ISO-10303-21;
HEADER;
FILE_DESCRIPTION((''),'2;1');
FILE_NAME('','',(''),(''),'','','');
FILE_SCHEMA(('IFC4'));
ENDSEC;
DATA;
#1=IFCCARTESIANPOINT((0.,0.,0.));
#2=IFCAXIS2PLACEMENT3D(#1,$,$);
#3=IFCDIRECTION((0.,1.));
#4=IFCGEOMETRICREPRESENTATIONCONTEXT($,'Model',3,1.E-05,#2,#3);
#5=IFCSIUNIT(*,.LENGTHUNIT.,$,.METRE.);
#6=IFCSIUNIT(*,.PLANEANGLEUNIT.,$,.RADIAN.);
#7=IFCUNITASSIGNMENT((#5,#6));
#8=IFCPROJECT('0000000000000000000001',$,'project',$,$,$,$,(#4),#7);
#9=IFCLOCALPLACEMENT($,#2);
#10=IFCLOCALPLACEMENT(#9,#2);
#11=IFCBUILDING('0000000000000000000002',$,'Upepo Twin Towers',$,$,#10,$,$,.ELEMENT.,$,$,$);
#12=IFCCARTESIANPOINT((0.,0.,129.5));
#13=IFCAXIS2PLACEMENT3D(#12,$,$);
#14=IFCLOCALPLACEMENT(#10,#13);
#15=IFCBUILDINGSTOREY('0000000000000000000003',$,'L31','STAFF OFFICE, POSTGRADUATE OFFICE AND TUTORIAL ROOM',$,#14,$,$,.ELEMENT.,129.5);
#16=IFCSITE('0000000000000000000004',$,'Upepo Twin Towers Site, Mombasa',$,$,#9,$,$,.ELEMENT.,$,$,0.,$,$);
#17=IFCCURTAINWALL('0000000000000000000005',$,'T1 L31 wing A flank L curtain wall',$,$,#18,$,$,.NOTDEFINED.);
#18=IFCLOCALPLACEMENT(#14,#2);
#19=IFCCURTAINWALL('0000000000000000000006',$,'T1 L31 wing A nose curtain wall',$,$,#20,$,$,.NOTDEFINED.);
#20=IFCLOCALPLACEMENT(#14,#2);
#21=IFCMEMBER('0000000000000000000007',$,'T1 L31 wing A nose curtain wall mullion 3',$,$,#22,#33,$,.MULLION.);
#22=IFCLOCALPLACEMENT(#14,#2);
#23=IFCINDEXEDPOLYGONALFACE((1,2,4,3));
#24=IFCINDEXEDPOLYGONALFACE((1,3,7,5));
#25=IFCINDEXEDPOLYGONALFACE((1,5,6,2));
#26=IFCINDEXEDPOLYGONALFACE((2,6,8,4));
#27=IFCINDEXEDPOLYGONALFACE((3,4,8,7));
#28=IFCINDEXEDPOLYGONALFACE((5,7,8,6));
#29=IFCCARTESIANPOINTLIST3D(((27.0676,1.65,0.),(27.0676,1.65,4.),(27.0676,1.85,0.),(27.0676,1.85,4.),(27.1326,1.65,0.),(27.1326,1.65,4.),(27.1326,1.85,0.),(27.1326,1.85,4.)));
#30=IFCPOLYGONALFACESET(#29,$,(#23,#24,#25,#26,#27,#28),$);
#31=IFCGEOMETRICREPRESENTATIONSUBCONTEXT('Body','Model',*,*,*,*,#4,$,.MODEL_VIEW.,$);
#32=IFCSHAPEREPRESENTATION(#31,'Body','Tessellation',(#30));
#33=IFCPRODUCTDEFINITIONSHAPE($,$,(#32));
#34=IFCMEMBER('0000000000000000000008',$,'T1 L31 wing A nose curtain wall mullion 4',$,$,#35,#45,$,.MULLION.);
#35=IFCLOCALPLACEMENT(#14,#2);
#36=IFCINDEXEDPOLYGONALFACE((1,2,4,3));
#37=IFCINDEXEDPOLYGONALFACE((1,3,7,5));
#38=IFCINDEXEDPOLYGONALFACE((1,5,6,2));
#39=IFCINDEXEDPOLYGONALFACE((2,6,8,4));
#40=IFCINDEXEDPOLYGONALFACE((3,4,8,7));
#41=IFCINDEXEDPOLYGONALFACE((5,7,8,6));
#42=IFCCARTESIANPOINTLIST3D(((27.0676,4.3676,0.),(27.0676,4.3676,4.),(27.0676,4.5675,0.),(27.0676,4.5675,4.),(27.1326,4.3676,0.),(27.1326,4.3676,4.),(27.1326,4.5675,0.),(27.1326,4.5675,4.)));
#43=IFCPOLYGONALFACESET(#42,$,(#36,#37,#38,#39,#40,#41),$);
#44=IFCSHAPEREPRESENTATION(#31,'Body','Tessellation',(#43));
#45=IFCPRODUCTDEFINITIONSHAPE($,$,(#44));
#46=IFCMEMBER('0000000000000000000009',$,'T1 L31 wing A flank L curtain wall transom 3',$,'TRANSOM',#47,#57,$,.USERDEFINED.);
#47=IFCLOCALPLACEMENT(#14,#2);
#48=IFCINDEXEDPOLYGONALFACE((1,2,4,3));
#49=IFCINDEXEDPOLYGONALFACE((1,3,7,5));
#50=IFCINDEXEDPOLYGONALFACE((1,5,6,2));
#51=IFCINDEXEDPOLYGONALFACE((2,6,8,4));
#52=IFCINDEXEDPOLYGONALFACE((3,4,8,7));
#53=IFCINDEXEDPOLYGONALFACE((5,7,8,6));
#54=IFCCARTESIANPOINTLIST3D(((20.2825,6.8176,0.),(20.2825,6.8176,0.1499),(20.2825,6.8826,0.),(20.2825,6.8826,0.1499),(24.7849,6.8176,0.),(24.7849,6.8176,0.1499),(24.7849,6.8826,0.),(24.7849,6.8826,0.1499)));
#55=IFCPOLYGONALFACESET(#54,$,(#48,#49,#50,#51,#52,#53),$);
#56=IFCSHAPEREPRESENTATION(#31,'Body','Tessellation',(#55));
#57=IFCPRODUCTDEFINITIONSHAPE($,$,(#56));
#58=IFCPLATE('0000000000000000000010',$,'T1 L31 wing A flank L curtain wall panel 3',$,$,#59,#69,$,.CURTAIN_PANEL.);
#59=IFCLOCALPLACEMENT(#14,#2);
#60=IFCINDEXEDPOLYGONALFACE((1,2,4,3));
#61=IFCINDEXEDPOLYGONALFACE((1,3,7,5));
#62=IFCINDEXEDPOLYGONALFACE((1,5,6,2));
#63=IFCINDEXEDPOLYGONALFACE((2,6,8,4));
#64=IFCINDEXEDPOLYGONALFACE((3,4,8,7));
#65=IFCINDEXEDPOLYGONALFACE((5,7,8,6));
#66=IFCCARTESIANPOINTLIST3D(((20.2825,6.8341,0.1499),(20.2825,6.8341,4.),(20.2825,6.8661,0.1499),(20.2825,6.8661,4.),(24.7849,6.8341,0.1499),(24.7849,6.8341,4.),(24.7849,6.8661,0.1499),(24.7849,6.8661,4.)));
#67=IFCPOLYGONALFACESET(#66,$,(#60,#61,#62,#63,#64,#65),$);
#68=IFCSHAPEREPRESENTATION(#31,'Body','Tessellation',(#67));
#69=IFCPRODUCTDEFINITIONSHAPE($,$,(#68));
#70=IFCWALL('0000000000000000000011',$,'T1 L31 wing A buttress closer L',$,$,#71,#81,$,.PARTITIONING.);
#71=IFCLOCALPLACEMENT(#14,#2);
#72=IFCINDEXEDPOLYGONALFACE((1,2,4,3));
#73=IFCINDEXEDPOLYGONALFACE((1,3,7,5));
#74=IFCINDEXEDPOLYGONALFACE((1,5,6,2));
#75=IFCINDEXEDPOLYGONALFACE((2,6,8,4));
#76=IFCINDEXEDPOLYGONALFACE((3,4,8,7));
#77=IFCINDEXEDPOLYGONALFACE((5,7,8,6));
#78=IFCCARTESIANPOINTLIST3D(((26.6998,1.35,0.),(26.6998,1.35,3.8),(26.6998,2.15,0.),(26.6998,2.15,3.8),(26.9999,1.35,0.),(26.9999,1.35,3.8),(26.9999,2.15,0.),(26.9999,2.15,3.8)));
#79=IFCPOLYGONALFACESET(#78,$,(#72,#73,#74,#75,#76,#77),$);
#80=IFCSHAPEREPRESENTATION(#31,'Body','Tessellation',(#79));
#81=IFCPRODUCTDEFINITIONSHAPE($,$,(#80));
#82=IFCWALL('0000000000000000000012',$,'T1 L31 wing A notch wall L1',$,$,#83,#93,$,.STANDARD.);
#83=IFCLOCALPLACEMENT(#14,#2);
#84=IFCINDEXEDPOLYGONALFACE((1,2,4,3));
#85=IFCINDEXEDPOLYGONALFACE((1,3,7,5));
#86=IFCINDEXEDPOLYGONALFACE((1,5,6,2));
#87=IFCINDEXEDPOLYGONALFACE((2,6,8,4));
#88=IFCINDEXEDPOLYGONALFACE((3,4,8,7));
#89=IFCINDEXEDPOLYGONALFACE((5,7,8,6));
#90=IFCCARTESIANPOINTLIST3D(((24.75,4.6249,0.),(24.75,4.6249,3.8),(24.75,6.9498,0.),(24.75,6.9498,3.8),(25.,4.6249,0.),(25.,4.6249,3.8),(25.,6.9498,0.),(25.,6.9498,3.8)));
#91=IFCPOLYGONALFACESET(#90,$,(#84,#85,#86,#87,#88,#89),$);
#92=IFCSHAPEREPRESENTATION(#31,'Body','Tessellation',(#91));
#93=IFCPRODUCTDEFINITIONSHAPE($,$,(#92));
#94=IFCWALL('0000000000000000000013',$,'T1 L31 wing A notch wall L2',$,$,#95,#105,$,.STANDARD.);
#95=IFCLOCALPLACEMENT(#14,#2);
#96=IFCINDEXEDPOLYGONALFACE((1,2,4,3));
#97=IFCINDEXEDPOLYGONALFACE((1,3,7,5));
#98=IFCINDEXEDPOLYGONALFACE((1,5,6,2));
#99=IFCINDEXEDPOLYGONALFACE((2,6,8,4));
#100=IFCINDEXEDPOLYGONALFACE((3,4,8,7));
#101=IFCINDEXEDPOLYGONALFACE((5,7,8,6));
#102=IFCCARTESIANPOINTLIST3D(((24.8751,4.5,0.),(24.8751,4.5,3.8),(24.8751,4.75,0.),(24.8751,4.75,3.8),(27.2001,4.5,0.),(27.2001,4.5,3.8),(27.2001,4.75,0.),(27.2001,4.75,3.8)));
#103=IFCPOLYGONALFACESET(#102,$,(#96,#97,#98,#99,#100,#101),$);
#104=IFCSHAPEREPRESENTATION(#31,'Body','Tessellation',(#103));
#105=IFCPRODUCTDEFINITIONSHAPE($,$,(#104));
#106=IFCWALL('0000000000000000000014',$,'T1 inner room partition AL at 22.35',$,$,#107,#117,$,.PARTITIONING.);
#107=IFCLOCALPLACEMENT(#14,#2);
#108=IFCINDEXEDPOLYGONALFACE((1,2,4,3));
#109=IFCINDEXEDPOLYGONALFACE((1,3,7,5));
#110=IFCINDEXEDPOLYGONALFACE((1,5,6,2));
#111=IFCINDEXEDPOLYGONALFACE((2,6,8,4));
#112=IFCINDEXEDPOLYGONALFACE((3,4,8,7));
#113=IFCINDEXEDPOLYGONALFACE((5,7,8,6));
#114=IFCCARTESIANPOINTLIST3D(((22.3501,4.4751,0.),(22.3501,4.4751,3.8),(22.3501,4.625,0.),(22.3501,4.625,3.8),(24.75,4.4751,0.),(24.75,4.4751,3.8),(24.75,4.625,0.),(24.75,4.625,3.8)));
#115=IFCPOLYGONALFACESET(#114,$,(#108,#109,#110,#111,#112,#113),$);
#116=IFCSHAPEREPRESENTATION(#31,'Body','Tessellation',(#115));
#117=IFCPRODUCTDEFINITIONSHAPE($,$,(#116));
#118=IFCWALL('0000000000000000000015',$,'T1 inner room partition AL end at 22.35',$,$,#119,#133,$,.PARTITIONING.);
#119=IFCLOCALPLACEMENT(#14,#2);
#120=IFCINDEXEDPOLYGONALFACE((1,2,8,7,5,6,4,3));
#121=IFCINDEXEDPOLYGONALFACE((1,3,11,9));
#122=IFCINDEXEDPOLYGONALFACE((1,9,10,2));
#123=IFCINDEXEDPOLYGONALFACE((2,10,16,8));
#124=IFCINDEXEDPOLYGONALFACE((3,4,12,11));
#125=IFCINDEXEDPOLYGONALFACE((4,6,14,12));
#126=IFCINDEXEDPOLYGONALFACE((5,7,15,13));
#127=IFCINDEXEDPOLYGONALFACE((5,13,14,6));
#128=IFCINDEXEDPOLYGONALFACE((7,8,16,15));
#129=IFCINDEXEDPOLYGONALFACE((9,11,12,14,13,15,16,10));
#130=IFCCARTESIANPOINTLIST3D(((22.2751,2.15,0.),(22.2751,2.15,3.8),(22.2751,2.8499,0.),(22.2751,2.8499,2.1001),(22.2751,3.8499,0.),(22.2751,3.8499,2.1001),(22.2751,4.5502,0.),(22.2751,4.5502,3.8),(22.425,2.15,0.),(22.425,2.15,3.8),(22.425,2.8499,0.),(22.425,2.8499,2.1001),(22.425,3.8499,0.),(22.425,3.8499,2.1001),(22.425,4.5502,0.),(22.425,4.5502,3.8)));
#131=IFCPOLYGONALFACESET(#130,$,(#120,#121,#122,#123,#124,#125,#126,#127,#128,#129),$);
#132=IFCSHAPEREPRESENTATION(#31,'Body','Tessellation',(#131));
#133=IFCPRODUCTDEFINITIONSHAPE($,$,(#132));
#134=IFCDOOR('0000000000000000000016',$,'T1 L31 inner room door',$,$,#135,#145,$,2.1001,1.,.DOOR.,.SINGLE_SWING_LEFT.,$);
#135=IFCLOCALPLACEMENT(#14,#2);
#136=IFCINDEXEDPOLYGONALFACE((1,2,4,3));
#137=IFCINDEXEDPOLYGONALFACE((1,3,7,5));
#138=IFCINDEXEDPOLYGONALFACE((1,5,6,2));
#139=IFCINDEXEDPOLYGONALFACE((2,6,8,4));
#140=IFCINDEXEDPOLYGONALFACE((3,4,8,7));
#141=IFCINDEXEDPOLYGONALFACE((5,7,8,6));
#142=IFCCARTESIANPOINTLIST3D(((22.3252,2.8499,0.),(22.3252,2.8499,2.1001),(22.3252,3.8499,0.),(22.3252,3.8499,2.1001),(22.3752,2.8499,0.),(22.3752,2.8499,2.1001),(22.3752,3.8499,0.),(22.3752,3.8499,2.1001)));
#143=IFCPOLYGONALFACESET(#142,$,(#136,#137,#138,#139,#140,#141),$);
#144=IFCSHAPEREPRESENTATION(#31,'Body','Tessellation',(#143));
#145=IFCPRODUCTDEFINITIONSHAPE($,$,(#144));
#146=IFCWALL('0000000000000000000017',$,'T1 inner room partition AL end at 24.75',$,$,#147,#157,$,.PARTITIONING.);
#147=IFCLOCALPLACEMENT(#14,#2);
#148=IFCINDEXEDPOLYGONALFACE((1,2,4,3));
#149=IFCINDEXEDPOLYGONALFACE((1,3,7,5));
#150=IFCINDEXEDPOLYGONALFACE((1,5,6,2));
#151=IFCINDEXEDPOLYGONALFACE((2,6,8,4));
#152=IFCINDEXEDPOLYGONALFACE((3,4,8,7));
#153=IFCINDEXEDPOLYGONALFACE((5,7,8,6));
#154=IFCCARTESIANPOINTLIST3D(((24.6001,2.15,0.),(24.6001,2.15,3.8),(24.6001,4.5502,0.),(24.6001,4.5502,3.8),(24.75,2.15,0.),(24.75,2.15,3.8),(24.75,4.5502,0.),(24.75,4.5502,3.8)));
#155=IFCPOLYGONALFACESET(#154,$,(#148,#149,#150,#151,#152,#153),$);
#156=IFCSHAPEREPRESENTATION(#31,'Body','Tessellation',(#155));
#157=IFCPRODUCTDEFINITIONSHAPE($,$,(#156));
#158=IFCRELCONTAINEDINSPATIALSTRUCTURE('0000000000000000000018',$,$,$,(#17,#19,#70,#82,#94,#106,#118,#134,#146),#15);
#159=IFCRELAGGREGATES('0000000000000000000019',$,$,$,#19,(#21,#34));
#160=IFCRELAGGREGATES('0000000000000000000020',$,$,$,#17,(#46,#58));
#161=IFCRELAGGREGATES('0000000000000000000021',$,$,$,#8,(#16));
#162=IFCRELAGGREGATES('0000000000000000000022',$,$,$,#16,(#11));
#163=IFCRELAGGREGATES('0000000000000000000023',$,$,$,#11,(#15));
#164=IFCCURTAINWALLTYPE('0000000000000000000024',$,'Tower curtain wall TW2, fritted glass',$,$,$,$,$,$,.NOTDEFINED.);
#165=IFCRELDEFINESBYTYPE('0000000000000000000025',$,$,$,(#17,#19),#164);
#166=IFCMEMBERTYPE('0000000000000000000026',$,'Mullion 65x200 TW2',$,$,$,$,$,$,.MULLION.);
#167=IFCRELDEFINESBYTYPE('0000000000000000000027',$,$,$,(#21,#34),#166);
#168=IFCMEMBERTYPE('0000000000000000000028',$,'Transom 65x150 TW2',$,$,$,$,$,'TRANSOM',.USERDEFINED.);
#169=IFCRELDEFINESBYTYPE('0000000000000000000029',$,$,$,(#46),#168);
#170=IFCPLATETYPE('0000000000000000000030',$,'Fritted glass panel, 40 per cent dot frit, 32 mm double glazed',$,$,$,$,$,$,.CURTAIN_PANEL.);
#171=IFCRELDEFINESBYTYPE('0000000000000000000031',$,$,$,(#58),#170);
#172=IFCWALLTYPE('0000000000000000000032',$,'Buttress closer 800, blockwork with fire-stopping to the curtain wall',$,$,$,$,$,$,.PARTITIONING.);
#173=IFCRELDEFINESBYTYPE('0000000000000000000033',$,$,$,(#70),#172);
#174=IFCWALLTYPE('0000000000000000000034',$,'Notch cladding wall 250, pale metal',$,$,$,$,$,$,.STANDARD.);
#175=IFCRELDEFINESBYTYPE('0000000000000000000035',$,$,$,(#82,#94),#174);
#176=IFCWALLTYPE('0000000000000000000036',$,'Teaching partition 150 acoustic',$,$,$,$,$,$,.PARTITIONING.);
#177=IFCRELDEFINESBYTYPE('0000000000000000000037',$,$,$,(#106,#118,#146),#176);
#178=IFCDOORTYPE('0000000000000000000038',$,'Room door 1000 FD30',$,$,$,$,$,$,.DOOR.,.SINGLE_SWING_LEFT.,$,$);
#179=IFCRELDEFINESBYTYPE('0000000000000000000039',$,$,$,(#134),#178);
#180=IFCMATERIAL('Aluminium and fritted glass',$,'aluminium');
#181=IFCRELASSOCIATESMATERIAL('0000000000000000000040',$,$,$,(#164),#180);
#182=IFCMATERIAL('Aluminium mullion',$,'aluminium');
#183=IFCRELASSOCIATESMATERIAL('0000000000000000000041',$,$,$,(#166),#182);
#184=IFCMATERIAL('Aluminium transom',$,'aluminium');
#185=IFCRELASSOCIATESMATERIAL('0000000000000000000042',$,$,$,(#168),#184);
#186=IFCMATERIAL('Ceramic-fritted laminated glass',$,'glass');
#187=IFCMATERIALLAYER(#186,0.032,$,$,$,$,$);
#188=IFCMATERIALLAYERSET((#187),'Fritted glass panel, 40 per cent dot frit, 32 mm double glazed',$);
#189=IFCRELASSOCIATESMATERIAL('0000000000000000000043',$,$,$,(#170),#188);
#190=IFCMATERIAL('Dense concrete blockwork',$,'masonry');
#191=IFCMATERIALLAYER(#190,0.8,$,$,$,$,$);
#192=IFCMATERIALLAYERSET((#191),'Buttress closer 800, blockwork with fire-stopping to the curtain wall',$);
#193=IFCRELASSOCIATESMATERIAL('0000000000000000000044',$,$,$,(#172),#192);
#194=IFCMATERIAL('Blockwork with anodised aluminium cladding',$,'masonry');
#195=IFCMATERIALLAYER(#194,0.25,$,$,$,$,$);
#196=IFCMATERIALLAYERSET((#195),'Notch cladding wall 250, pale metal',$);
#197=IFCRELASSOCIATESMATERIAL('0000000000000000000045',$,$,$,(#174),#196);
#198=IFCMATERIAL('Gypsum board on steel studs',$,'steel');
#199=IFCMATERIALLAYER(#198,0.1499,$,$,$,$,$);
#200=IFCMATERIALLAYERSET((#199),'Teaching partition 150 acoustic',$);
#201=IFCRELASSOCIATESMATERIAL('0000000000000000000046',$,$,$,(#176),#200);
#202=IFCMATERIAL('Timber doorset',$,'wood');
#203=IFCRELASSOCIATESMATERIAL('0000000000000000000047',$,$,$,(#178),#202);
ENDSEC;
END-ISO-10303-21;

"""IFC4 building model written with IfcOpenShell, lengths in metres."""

from ifc_helpers import new_model, si_unit, direction, frame, frame_2d, origin, origin_2d, place, context, subcontext, project, spatial, rectangle, extrude, material, layer, layer_set, material_profile, profile_set, type_object, element, fill, aggregate, save


model = new_model("IFC4")

# Units and contexts
model_context = context("Model", 3, precision=1e-05, world=origin(), true_north=direction((0.0, 1.0)))
body_context = subcontext(model_context, "Body", "Model", "MODEL_VIEW")
ifc_project = project(units=[si_unit("LENGTHUNIT", "METRE"), si_unit("PLANEANGLEUNIT", "RADIAN")], contexts=[model_context])

# Site, building, storey
site_placement = place(None, origin())
site = spatial("IfcSite", under=ifc_project, at=site_placement, Name="Upepo Twin Towers Site, Mombasa", CompositionType="ELEMENT", RefElevation=0.0)
building_placement = place(site_placement, origin())
building = spatial("IfcBuilding", under=site, at=building_placement, Name="Upepo Twin Towers", CompositionType="ELEMENT")
storey_placement = place(building_placement, frame((0.0, 0.0, 129.5)))
storey = spatial("IfcBuildingStorey", under=building, at=storey_placement, Name="L31", Description="STAFF OFFICE, POSTGRADUATE OFFICE AND TUTORIAL ROOM", CompositionType="ELEMENT", Elevation=129.5)

# Curtain wall
ifc_material_1 = material(Name="Aluminium and fritted glass", Category="aluminium")
curtain_wall_type = type_object("IfcCurtainWallType", Name="Tower curtain wall TW2, fritted glass", PredefinedType="NOTDEFINED", material=ifc_material_1)
curtain_wall_1_placement = place(storey_placement, origin())
curtain_wall_1 = element("IfcCurtainWall", 1, at=curtain_wall_1_placement, inside=storey, type_object=curtain_wall_type, Name="T1 L31 wing A flank L curtain wall", PredefinedType="NOTDEFINED")
ifc_material_2 = material(Name="Aluminium mullion", Category="aluminium")
ifc_material_profile_1 = material_profile(ifc_material_2, rectangle(XDim=0.0649, YDim=0.2, at=origin_2d()), Name="MULLION 65x200")
ifc_profile_set_1 = profile_set([ifc_material_profile_1], Name="Aluminium mullion")
member_type_1 = type_object("IfcMemberType", Name="Mullion 65x200 TW2", PredefinedType="MULLION", material=ifc_profile_set_1)

# Curtain wall, members
curtain_wall_2_placement = place(storey_placement, origin())
curtain_wall_2 = element("IfcCurtainWall", 2, at=curtain_wall_2_placement, inside=storey, type_object=curtain_wall_type, Name="T1 L31 wing A nose curtain wall", PredefinedType="NOTDEFINED")
member_1_placement = place(storey_placement, frame((27.1001, 1.75, 0.0), z_axis=(0.0, 0.0, 1.0), x_axis=(-1.0, 0.0, 0.0)))
member_1 = element("IfcMember", 3, at=member_1_placement, type_object=member_type_1, Name="T1 L31 wing A nose curtain wall mullion 3", PredefinedType="MULLION", context=body_context, shape_type="SweptSolid", body=[
    extrude(rectangle(XDim=0.0649, YDim=0.2, at=origin_2d()), origin(), (0.0, 0.0, 1.0), 4.0),
])
member_2_placement = place(storey_placement, frame((27.1001, 4.4675, 0.0), z_axis=(0.0, 0.0, 1.0), x_axis=(-1.0, 0.0, 0.0)))
member_2 = element("IfcMember", 4, at=member_2_placement, type_object=member_type_1, Name="T1 L31 wing A nose curtain wall mullion 4", PredefinedType="MULLION", context=body_context, shape_type="SweptSolid", body=[
    extrude(rectangle(XDim=0.0649, YDim=0.2, at=origin_2d()), origin(), (0.0, 0.0, 1.0), 4.0),
])
aggregate(curtain_wall_2, [member_1, member_2])

# Member
ifc_material_3 = material(Name="Aluminium transom", Category="aluminium")
ifc_material_profile_2 = material_profile(ifc_material_3, rectangle(XDim=0.0649, YDim=0.1499, at=origin_2d()), Name="TRANSOM 65x150")
ifc_profile_set_2 = profile_set([ifc_material_profile_2], Name="Aluminium transom")
member_type_2 = type_object("IfcMemberType", Name="Transom 65x150 TW2", ElementType="TRANSOM", PredefinedType="USERDEFINED", material=ifc_profile_set_2)
member_3_placement = place(storey_placement, frame((20.2825, 6.8501, 0.075), z_axis=(1.0, 0.0, 0.0), x_axis=(0.0, 1.0, 0.0)))
member_3 = element("IfcMember", 5, at=member_3_placement, type_object=member_type_2, Name="T1 L31 wing A flank L curtain wall transom 3", ObjectType="TRANSOM", PredefinedType="USERDEFINED", context=body_context, shape_type="SweptSolid", body=[
    extrude(rectangle(XDim=0.0649, YDim=0.1499, at=origin_2d()), origin(), (0.0, 0.0, 1.0), 4.5024),
])

# Plate
ifc_material_4 = material(Name="Ceramic-fritted laminated glass", Category="glass")
ifc_layer_1 = layer(ifc_material_4, 0.032)
ifc_layer_set_1 = layer_set([ifc_layer_1], Name="Fritted glass panel, 40 per cent dot frit, 32 mm double glazed")
plate_type = type_object("IfcPlateType", Name="Fritted glass panel, 40 per cent dot frit, 32 mm double glazed", PredefinedType="CURTAIN_PANEL", material=ifc_layer_set_1)
plate_placement = place(storey_placement, frame((22.5337, 6.8501, 0.1499), z_axis=(0.0, 0.0, 1.0), x_axis=(1.0, 0.0, 0.0)))
plate = element("IfcPlate", 6, at=plate_placement, type_object=plate_type, Name="T1 L31 wing A flank L curtain wall panel 3", PredefinedType="CURTAIN_PANEL", context=body_context, shape_type="SweptSolid", body=[
    extrude(rectangle(XDim=4.5024, YDim=0.032, at=origin_2d()), origin(), (0.0, 0.0, 1.0), 3.8501),
])
aggregate(curtain_wall_1, [member_3, plate])

# Walls
ifc_material_5 = material(Name="Dense concrete blockwork", Category="masonry")
ifc_layer_2 = layer(ifc_material_5, 0.8)
ifc_layer_set_2 = layer_set([ifc_layer_2], Name="Buttress closer 800, blockwork with fire-stopping to the curtain wall")
wall_type_1 = type_object("IfcWallType", Name="Buttress closer 800, blockwork with fire-stopping to the curtain wall", PredefinedType="PARTITIONING", material=ifc_layer_set_2)
wall_1_placement = place(storey_placement, frame((26.7, 1.75, 0.0), z_axis=(0.0, 0.0, 1.0), x_axis=(1.0, 0.0, 0.0)))
element("IfcWall", 7, at=wall_1_placement, inside=storey, type_object=wall_type_1, Name="T1 L31 wing A buttress closer L", PredefinedType="PARTITIONING", context=body_context, shape_type="SweptSolid", body=[
    extrude(rectangle(XDim=0.3, YDim=0.8, at=frame_2d((0.1499, 0.0))), origin(), (0.0, 0.0, 1.0), 3.8),
])
ifc_material_6 = material(Name="Blockwork with anodised aluminium cladding", Category="masonry")
ifc_layer_3 = layer(ifc_material_6, 0.25)
ifc_layer_set_3 = layer_set([ifc_layer_3], Name="Notch cladding wall 250, pale metal")
wall_type_2 = type_object("IfcWallType", Name="Notch cladding wall 250, pale metal", PredefinedType="STANDARD", material=ifc_layer_set_3)
for number, where, z_axis, x_axis, name in (
    (8, (24.875, 6.95, 0.0), (0.0, 0.0, 1.0), (0.0, -1.0, 0.0), "T1 L31 wing A notch wall L1"),
    (9, (24.875, 4.625, 0.0), (0.0, 0.0, 1.0), (1.0, 0.0, 0.0), "T1 L31 wing A notch wall L2"),
):
    element("IfcWall", number, at=place(storey_placement, frame(where, z_axis=z_axis, x_axis=x_axis)), inside=storey, type_object=wall_type_2, Name=name, PredefinedType="STANDARD", context=body_context, shape_type="SweptSolid", body=[
        extrude(rectangle(XDim=2.325, YDim=0.25, at=frame_2d((1.1626, 0.0))), origin(), (0.0, 0.0, 1.0), 3.8),
    ])
ifc_material_7 = material(Name="Gypsum board on steel studs", Category="steel")
ifc_layer_4 = layer(ifc_material_7, 0.1499)
ifc_layer_set_4 = layer_set([ifc_layer_4], Name="Teaching partition 150 acoustic")
wall_type_3 = type_object("IfcWallType", Name="Teaching partition 150 acoustic", PredefinedType="PARTITIONING", material=ifc_layer_set_4)
wall_2_placement = place(storey_placement, frame((22.3501, 4.55, 0.0), z_axis=(0.0, 0.0, 1.0), x_axis=(1.0, 0.0, 0.0)))
element("IfcWall", 10, at=wall_2_placement, inside=storey, type_object=wall_type_3, Name="T1 inner room partition AL at 22.35", PredefinedType="PARTITIONING", context=body_context, shape_type="SweptSolid", body=[
    extrude(rectangle(XDim=2.3999, YDim=0.1499, at=frame_2d((1.2, 0.0))), origin(), (0.0, 0.0, 1.0), 3.8),
])

# Wall, opening, door
wall_3_placement = place(storey_placement, frame((22.3501, 2.1499, 0.0), z_axis=(0.0, 0.0, 1.0), x_axis=(0.0, 1.0, 0.0)))
wall_3 = element("IfcWall", 11, at=wall_3_placement, inside=storey, type_object=wall_type_3, Name="T1 inner room partition AL end at 22.35", PredefinedType="PARTITIONING", context=body_context, shape_type="SweptSolid", body=[
    extrude(rectangle(XDim=2.4001, YDim=0.1499, at=frame_2d((1.2002, 0.0))), origin(), (0.0, 0.0, 1.0), 3.8),
])
opening_placement = place(wall_3_placement, frame((0.7, 0.0, 0.0)))
opening = element("IfcOpeningElement", 12, at=opening_placement, cuts=wall_3, PredefinedType="OPENING", context=body_context, shape_type="SweptSolid", body=[
    extrude(rectangle(XDim=1.0, YDim=2.1001, at=frame_2d((0.5, 1.05))), frame((0.0, 0.085, 0.0), z_axis=(0.0, -1.0, 0.0), x_axis=(1.0, 0.0, 0.0)), (0.0, 0.0, 1.0), 0.1699),
])
ifc_material_8 = material(Name="Timber doorset", Category="wood")
door_type = type_object("IfcDoorType", Name="Room door 1000 FD30", OperationType="SINGLE_SWING_LEFT", PredefinedType="DOOR", material=ifc_material_8)
door_placement = place(opening_placement, origin())
door = element("IfcDoor", 13, at=door_placement, inside=storey, type_object=door_type, Name="T1 L31 inner room door", OperationType="SINGLE_SWING_LEFT", OverallHeight=2.1001, OverallWidth=1.0, PredefinedType="DOOR", context=body_context, shape_type="SweptSolid", body=[
    extrude(rectangle(XDim=1.0, YDim=2.1001, at=frame_2d((0.5, 1.05))), frame((0.0, 0.0249, 0.0), z_axis=(0.0, -1.0, 0.0), x_axis=(1.0, 0.0, 0.0)), (0.0, 0.0, 1.0), 0.05),
])
fill(opening, door)

# Wall
wall_4_placement = place(storey_placement, frame((24.675, 2.1499, 0.0), z_axis=(0.0, 0.0, 1.0), x_axis=(0.0, 1.0, 0.0)))
element("IfcWall", 14, at=wall_4_placement, inside=storey, type_object=wall_type_3, Name="T1 inner room partition AL end at 24.75", PredefinedType="PARTITIONING", context=body_context, shape_type="SweptSolid", body=[
    extrude(rectangle(XDim=2.4001, YDim=0.1499, at=frame_2d((1.2002, 0.0))), origin(), (0.0, 0.0, 1.0), 3.8),
])

save(model, "model.ifc")
